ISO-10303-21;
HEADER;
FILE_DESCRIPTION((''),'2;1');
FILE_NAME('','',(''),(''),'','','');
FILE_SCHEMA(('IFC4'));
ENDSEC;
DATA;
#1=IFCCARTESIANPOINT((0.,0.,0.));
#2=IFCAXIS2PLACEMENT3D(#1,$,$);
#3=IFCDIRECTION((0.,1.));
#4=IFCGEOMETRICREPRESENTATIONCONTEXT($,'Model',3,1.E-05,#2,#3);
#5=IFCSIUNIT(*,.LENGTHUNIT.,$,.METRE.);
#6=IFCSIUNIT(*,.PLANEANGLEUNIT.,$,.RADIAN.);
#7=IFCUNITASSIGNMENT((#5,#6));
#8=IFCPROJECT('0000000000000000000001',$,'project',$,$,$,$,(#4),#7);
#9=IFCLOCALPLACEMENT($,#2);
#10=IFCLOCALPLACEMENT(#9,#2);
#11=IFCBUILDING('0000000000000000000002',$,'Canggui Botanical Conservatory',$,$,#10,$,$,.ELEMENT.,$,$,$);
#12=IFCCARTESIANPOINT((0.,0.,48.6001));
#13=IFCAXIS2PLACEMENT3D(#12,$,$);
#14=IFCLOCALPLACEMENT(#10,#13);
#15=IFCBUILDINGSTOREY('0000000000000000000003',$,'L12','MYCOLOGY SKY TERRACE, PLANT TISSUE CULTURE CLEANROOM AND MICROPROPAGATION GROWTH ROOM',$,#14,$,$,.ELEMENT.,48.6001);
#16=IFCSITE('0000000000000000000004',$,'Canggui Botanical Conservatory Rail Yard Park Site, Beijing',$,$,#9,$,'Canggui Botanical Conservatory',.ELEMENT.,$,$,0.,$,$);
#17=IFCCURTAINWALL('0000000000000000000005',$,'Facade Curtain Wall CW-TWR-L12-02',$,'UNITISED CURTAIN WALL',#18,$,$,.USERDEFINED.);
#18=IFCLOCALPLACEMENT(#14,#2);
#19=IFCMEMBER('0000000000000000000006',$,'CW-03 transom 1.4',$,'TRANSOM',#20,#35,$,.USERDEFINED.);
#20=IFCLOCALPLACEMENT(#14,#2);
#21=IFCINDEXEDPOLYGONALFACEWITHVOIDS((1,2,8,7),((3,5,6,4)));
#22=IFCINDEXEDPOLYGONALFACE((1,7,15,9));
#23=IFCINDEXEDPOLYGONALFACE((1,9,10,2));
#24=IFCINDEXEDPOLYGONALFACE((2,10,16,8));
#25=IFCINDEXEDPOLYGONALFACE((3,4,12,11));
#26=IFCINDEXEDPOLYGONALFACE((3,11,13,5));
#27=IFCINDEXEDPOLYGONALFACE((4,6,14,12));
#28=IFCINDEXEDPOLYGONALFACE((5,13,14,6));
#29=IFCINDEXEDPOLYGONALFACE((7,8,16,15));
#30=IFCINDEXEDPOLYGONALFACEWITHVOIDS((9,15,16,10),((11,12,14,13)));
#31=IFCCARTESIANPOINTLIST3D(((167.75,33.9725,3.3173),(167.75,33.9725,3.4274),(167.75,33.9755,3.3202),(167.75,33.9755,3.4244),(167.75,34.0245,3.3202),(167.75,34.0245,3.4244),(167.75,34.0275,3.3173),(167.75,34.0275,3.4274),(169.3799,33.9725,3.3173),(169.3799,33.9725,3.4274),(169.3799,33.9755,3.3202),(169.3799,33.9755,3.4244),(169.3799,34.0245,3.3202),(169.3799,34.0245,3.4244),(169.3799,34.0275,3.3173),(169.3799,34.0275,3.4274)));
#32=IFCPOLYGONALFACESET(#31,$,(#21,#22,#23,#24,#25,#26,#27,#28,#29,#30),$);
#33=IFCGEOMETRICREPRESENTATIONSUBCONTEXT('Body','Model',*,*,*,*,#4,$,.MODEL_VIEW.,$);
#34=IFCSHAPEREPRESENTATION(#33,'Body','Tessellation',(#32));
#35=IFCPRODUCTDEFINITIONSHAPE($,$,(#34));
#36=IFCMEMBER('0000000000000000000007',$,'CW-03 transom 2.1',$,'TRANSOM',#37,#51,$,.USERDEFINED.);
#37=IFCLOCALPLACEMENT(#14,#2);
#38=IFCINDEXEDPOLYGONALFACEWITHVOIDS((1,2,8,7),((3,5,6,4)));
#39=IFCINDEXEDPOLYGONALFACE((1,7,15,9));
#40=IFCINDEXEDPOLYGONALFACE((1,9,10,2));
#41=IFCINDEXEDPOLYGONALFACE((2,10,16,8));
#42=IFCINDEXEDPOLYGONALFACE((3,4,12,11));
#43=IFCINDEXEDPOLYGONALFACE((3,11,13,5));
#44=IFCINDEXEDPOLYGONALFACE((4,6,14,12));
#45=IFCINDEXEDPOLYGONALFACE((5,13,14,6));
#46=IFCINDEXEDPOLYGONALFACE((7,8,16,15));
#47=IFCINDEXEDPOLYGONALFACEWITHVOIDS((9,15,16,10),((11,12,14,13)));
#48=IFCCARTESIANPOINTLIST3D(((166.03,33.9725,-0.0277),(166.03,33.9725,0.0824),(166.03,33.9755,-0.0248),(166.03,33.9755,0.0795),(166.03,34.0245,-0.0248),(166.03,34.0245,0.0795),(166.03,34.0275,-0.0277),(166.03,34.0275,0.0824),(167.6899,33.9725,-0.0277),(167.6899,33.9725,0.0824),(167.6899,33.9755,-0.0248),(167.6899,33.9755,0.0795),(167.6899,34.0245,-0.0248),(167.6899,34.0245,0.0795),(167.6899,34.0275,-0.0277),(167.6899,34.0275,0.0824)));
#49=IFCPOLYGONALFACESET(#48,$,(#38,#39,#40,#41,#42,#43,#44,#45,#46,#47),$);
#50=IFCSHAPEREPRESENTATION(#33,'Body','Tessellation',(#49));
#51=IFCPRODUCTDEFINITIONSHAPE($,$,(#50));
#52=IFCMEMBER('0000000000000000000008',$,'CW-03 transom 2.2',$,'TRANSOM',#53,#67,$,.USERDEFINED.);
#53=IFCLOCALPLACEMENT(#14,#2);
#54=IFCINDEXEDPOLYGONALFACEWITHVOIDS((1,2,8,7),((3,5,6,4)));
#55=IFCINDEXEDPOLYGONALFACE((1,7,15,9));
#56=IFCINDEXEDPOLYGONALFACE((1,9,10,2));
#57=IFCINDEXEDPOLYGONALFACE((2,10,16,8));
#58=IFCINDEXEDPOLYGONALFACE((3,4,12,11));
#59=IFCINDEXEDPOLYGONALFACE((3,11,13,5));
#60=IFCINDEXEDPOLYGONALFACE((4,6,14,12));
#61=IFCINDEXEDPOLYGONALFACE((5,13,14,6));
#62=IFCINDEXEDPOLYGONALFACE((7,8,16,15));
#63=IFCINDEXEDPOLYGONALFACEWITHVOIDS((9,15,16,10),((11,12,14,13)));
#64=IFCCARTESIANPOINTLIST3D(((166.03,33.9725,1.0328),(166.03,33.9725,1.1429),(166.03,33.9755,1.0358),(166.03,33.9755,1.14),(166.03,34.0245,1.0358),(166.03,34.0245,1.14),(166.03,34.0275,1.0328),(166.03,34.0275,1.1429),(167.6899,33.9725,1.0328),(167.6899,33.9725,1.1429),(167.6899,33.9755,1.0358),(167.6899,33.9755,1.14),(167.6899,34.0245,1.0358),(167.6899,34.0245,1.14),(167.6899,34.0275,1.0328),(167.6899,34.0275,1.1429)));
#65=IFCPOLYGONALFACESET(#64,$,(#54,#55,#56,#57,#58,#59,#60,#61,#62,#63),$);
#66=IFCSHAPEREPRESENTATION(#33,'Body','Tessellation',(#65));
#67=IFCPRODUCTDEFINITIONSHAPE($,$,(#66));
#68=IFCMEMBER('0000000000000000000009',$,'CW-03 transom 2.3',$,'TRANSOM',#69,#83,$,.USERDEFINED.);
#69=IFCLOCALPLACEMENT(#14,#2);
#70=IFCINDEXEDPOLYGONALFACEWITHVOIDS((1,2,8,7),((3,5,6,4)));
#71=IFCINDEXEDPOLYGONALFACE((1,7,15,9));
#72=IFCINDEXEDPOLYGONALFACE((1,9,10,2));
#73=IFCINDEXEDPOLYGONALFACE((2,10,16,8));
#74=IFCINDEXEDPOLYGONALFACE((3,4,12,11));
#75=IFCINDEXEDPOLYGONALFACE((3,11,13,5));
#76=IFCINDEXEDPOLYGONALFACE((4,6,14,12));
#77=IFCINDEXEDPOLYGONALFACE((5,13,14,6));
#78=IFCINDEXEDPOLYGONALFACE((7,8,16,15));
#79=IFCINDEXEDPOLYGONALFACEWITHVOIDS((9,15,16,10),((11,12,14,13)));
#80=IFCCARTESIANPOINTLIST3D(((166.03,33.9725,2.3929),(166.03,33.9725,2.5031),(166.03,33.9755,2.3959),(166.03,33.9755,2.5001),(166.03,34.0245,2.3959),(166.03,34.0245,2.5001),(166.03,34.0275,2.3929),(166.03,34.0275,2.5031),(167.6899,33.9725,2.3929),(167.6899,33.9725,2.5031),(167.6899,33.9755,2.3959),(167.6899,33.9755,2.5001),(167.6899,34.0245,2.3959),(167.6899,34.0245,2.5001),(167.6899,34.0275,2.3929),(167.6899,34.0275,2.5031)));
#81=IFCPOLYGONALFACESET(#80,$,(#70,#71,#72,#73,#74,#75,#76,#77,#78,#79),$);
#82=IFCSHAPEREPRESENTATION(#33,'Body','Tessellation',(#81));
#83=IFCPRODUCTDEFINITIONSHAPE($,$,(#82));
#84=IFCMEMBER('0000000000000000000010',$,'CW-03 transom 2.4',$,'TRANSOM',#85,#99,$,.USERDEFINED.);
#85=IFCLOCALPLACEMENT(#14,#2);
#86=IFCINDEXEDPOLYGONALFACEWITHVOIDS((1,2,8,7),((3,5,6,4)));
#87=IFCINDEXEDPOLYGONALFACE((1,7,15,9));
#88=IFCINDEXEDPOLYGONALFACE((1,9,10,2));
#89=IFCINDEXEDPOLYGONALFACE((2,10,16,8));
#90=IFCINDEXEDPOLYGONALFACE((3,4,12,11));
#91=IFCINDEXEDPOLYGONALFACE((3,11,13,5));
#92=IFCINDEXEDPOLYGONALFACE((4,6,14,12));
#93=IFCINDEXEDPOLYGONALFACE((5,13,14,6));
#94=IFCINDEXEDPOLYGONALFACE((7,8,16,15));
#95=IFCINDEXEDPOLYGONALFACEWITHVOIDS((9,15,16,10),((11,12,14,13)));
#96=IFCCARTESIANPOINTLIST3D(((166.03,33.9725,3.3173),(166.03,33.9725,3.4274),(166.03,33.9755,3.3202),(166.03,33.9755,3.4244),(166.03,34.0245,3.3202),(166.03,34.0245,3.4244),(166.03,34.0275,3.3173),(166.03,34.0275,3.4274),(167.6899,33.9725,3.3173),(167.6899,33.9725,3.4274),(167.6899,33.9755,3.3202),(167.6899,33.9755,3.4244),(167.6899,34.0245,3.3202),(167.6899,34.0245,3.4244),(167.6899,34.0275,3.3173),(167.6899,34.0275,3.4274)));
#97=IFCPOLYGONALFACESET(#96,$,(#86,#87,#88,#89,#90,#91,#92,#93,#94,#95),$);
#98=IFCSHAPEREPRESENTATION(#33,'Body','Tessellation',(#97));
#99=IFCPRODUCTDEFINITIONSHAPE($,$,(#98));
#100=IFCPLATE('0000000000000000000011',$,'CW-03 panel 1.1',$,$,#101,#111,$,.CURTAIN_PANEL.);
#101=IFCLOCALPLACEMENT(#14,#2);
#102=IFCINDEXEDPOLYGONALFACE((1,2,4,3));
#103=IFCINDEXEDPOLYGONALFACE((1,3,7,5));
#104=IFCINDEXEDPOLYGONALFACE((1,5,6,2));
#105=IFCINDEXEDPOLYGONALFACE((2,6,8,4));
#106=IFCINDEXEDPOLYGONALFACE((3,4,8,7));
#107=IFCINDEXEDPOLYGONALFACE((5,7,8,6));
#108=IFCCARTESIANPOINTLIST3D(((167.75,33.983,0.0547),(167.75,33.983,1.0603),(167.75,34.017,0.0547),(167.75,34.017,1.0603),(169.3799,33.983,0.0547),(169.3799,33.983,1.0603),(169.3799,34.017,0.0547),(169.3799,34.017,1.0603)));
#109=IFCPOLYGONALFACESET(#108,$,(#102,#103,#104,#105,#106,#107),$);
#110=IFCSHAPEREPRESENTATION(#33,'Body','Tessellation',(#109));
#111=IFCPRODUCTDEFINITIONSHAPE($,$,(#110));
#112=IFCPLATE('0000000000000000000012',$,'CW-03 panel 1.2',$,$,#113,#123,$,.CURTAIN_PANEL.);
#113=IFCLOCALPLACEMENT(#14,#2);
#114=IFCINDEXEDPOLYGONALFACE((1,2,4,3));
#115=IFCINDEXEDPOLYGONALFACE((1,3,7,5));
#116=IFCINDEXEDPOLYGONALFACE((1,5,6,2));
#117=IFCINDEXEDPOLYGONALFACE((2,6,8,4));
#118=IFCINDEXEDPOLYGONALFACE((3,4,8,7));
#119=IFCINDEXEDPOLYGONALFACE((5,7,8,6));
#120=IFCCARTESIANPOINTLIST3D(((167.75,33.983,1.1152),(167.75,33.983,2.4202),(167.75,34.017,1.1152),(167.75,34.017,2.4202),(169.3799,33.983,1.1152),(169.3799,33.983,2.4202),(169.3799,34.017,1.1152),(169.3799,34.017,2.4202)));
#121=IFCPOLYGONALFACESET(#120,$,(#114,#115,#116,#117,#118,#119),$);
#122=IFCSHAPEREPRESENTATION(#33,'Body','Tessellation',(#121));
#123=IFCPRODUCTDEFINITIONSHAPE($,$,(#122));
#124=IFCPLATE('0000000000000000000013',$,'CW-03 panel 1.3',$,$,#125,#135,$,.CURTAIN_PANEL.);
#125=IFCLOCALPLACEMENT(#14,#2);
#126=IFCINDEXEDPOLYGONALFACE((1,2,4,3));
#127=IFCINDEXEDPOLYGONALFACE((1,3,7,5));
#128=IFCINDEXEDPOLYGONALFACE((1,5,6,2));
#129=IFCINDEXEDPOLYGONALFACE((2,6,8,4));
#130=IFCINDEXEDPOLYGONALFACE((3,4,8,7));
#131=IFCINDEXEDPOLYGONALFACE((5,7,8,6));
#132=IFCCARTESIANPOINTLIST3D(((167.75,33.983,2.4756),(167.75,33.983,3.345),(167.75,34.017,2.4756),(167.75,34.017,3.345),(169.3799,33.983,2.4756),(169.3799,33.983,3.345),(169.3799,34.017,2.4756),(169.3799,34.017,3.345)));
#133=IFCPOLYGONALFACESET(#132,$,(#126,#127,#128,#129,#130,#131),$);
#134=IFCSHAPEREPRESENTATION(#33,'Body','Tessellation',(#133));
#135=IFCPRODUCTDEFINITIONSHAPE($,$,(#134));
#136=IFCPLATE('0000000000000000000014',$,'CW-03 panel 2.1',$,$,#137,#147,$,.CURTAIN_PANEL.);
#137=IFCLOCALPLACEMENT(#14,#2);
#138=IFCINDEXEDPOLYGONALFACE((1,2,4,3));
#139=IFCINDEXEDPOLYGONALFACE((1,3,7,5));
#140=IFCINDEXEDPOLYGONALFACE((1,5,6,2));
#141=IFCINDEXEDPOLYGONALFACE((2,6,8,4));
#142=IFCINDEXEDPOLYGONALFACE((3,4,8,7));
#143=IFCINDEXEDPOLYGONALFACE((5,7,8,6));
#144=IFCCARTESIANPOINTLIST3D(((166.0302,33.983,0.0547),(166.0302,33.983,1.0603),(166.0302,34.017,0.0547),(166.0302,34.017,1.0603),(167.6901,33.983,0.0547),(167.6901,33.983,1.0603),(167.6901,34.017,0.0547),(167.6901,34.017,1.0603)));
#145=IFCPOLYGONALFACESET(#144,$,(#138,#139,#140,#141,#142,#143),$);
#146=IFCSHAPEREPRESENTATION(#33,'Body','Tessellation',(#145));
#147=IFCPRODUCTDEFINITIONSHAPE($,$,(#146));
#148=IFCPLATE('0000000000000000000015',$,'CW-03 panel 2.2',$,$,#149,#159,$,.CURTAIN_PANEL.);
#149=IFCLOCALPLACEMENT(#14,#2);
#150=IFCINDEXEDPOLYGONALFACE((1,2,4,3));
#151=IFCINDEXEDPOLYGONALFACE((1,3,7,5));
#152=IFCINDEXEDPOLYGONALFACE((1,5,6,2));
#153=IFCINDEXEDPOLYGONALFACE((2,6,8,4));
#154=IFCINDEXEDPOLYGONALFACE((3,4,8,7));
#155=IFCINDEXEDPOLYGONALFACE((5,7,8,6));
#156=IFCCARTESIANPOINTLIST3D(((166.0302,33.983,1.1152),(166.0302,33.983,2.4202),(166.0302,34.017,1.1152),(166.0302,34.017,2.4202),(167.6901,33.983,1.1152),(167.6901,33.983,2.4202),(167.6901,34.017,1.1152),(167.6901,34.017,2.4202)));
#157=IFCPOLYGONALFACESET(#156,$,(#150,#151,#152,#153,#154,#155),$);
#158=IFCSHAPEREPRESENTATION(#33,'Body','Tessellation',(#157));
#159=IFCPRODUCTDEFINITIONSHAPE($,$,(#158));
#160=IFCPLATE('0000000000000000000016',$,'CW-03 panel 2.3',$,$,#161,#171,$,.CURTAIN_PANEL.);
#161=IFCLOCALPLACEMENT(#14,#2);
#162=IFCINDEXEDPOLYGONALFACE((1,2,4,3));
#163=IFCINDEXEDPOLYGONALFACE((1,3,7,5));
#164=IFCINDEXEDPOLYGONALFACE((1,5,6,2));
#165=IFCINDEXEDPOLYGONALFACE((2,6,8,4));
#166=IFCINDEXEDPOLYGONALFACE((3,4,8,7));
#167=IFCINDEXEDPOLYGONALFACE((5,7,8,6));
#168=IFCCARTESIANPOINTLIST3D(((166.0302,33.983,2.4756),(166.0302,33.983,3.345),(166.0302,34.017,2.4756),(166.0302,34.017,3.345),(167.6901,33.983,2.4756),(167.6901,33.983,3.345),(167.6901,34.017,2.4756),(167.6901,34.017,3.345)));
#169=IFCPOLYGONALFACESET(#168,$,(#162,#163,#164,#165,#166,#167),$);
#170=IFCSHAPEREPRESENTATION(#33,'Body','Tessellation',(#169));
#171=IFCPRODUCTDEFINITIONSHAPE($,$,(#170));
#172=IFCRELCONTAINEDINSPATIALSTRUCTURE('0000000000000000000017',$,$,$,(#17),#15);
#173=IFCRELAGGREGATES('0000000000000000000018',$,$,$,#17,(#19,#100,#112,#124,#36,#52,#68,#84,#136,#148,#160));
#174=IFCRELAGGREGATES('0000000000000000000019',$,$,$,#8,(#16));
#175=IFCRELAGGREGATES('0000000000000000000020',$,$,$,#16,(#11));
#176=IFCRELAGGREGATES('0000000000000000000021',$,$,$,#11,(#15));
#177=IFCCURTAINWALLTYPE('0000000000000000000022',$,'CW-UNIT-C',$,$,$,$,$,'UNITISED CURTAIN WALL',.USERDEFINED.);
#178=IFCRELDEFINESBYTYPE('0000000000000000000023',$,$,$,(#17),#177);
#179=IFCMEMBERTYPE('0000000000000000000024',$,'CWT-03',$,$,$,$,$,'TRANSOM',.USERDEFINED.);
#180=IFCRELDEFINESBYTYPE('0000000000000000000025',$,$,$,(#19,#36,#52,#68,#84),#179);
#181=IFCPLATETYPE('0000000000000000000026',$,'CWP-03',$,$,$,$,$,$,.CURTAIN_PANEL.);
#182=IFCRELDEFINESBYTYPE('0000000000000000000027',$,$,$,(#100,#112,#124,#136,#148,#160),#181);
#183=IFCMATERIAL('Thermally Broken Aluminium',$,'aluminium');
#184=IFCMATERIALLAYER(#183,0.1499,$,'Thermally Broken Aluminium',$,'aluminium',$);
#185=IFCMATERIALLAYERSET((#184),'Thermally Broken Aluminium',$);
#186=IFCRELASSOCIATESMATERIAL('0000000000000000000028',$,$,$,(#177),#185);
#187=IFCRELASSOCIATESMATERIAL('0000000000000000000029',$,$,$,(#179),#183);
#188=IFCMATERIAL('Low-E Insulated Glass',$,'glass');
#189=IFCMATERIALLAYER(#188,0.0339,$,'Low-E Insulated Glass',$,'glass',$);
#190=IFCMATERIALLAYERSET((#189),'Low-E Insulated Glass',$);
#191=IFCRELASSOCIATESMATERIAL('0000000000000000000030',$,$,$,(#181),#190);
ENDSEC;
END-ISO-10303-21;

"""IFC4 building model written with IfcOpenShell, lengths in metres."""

from ifc_helpers import new_model, si_unit, direction, frame, origin, origin_2d, place, context, subcontext, project, spatial, rectangle, hollow_rectangle, extrude, material, layer, layer_set, material_profile, profile_set, type_object, element, aggregate, save


model = new_model("IFC4")

# Units and contexts
model_context = context("Model", 3, precision=1e-05, world=origin(), true_north=direction((0.0, 1.0)))
body_context = subcontext(model_context, "Body", "Model", "MODEL_VIEW")
ifc_project = project(units=[si_unit("LENGTHUNIT", "METRE"), si_unit("PLANEANGLEUNIT", "RADIAN")], contexts=[model_context])

# Site, building, storey
site_placement = place(None, origin())
site = spatial("IfcSite", under=ifc_project, at=site_placement, Name="Canggui Botanical Conservatory Rail Yard Park Site, Beijing", LongName="Canggui Botanical Conservatory", CompositionType="ELEMENT", RefElevation=0.0)
building_placement = place(site_placement, origin())
building = spatial("IfcBuilding", under=site, at=building_placement, Name="Canggui Botanical Conservatory", CompositionType="ELEMENT")
storey_placement = place(building_placement, frame((0.0, 0.0, 48.6001)))
storey = spatial("IfcBuildingStorey", under=building, at=storey_placement, Name="L12", Description="MYCOLOGY SKY TERRACE, PLANT TISSUE CULTURE CLEANROOM AND MICROPROPAGATION GROWTH ROOM", CompositionType="ELEMENT", Elevation=48.6001)

# Curtain wall, members, plates
ifc_material_1 = material(Name="Thermally Broken Aluminium", Category="aluminium")
ifc_layer_1 = layer(ifc_material_1, 0.1499, Name="Thermally Broken Aluminium", Category="aluminium")
ifc_layer_set_1 = layer_set([ifc_layer_1], Name="Thermally Broken Aluminium")
curtain_wall_type = type_object("IfcCurtainWallType", Name="CW-UNIT-C", ElementType="UNITISED CURTAIN WALL", PredefinedType="USERDEFINED", material=ifc_layer_set_1)
curtain_wall_placement = place(storey_placement, origin())
curtain_wall = element("IfcCurtainWall", 1, at=curtain_wall_placement, inside=storey, type_object=curtain_wall_type, Name="Facade Curtain Wall CW-TWR-L12-02", ObjectType="UNITISED CURTAIN WALL", PredefinedType="USERDEFINED")
ifc_material_profile_1 = material_profile(ifc_material_1, hollow_rectangle(XDim=0.0549, YDim=0.1101, WallThickness=0.0029, at=origin_2d()), Name="CWT 55x110x3")
ifc_profile_set_1 = profile_set([ifc_material_profile_1], Name="Thermally Broken Aluminium")
member_type_1 = type_object("IfcMemberType", Name="CWT-03", ElementType="TRANSOM", PredefinedType="USERDEFINED", material=ifc_profile_set_1)
member_1_placement = place(storey_placement, frame((169.3799, 34.0, 3.3723), z_axis=(-1.0, 0.0, 0.0), x_axis=(0.0, -1.0, 0.0)))
member_1 = element("IfcMember", 2, at=member_1_placement, type_object=member_type_1, Name="CW-03 transom 1.4", ObjectType="TRANSOM", PredefinedType="USERDEFINED", context=body_context, shape_type="SweptSolid", body=[
    extrude(hollow_rectangle(XDim=0.0549, YDim=0.1101, WallThickness=0.0029, at=origin_2d()), origin(), (0.0, 0.0, 1.0), 1.6299),
])
member_2_placement = place(storey_placement, frame((167.6899, 34.0, 0.0273), z_axis=(-1.0, 0.0, 0.0), x_axis=(0.0, -1.0, 0.0)))
member_2 = element("IfcMember", 3, at=member_2_placement, type_object=member_type_1, Name="CW-03 transom 2.1", ObjectType="TRANSOM", PredefinedType="USERDEFINED", context=body_context, shape_type="SweptSolid", body=[
    extrude(hollow_rectangle(XDim=0.0549, YDim=0.1101, WallThickness=0.0029, at=origin_2d()), origin(), (0.0, 0.0, 1.0), 1.6599),
])
member_3_placement = place(storey_placement, frame((167.6899, 34.0, 1.0879), z_axis=(-1.0, 0.0, 0.0), x_axis=(0.0, -1.0, 0.0)))
member_3 = element("IfcMember", 4, at=member_3_placement, type_object=member_type_1, Name="CW-03 transom 2.2", ObjectType="TRANSOM", PredefinedType="USERDEFINED", context=body_context, shape_type="SweptSolid", body=[
    extrude(hollow_rectangle(XDim=0.0549, YDim=0.1101, WallThickness=0.0029, at=origin_2d()), origin(), (0.0, 0.0, 1.0), 1.6599),
])
member_4_placement = place(storey_placement, frame((167.6899, 34.0, 2.448), z_axis=(-1.0, 0.0, 0.0), x_axis=(0.0, -1.0, 0.0)))
member_4 = element("IfcMember", 5, at=member_4_placement, type_object=member_type_1, Name="CW-03 transom 2.3", ObjectType="TRANSOM", PredefinedType="USERDEFINED", context=body_context, shape_type="SweptSolid", body=[
    extrude(hollow_rectangle(XDim=0.0549, YDim=0.1101, WallThickness=0.0029, at=origin_2d()), origin(), (0.0, 0.0, 1.0), 1.6599),
])
member_5_placement = place(storey_placement, frame((167.6899, 34.0, 3.3723), z_axis=(-1.0, 0.0, 0.0), x_axis=(0.0, -1.0, 0.0)))
member_5 = element("IfcMember", 6, at=member_5_placement, type_object=member_type_1, Name="CW-03 transom 2.4", ObjectType="TRANSOM", PredefinedType="USERDEFINED", context=body_context, shape_type="SweptSolid", body=[
    extrude(hollow_rectangle(XDim=0.0549, YDim=0.1101, WallThickness=0.0029, at=origin_2d()), origin(), (0.0, 0.0, 1.0), 1.6599),
])
ifc_material_2 = material(Name="Low-E Insulated Glass", Category="glass")
ifc_layer_2 = layer(ifc_material_2, 0.0339, Name="Low-E Insulated Glass", Category="glass")
ifc_layer_set_2 = layer_set([ifc_layer_2], Name="Low-E Insulated Glass")
plate_type = type_object("IfcPlateType", Name="CWP-03", PredefinedType="CURTAIN_PANEL", material=ifc_layer_set_2)
plate_1_placement = place(storey_placement, frame((168.5649, 34.0, 0.0547), z_axis=(0.0, 0.0, 1.0), x_axis=(-1.0, 0.0, 0.0)))
plate_1 = element("IfcPlate", 7, at=plate_1_placement, type_object=plate_type, Name="CW-03 panel 1.1", PredefinedType="CURTAIN_PANEL", context=body_context, shape_type="SweptSolid", body=[
    extrude(rectangle(XDim=1.6299, YDim=0.0339, at=origin_2d()), origin(), (0.0, 0.0, 1.0), 1.0056),
])
plate_2_placement = place(storey_placement, frame((168.5649, 34.0, 1.1152), z_axis=(0.0, 0.0, 1.0), x_axis=(-1.0, 0.0, 0.0)))
plate_2 = element("IfcPlate", 8, at=plate_2_placement, type_object=plate_type, Name="CW-03 panel 1.2", PredefinedType="CURTAIN_PANEL", context=body_context, shape_type="SweptSolid", body=[
    extrude(rectangle(XDim=1.6299, YDim=0.0339, at=origin_2d()), origin(), (0.0, 0.0, 1.0), 1.3049),
])
plate_3_placement = place(storey_placement, frame((168.5649, 34.0, 2.4756), z_axis=(0.0, 0.0, 1.0), x_axis=(-1.0, 0.0, 0.0)))
plate_3 = element("IfcPlate", 9, at=plate_3_placement, type_object=plate_type, Name="CW-03 panel 1.3", PredefinedType="CURTAIN_PANEL", context=body_context, shape_type="SweptSolid", body=[
    extrude(rectangle(XDim=1.6299, YDim=0.0339, at=origin_2d()), origin(), (0.0, 0.0, 1.0), 0.8694),
])
plate_4_placement = place(storey_placement, frame((166.8601, 34.0, 0.0547), z_axis=(0.0, 0.0, 1.0), x_axis=(-1.0, 0.0, 0.0)))
plate_4 = element("IfcPlate", 10, at=plate_4_placement, type_object=plate_type, Name="CW-03 panel 2.1", PredefinedType="CURTAIN_PANEL", context=body_context, shape_type="SweptSolid", body=[
    extrude(rectangle(XDim=1.6599, YDim=0.0339, at=origin_2d()), origin(), (0.0, 0.0, 1.0), 1.0056),
])
plate_5_placement = place(storey_placement, frame((166.8601, 34.0, 1.1152), z_axis=(0.0, 0.0, 1.0), x_axis=(-1.0, 0.0, 0.0)))
plate_5 = element("IfcPlate", 11, at=plate_5_placement, type_object=plate_type, Name="CW-03 panel 2.2", PredefinedType="CURTAIN_PANEL", context=body_context, shape_type="SweptSolid", body=[
    extrude(rectangle(XDim=1.6599, YDim=0.0339, at=origin_2d()), origin(), (0.0, 0.0, 1.0), 1.3049),
])
plate_6_placement = place(storey_placement, frame((166.8601, 34.0, 2.4756), z_axis=(0.0, 0.0, 1.0), x_axis=(-1.0, 0.0, 0.0)))
plate_6 = element("IfcPlate", 12, at=plate_6_placement, type_object=plate_type, Name="CW-03 panel 2.3", PredefinedType="CURTAIN_PANEL", context=body_context, shape_type="SweptSolid", body=[
    extrude(rectangle(XDim=1.6599, YDim=0.0339, at=origin_2d()), origin(), (0.0, 0.0, 1.0), 0.8694),
])
aggregate(curtain_wall, [member_1, plate_1, plate_2, plate_3, member_2, member_3, member_4, member_5, plate_4, plate_5, plate_6])

save(model, "model.ifc")
